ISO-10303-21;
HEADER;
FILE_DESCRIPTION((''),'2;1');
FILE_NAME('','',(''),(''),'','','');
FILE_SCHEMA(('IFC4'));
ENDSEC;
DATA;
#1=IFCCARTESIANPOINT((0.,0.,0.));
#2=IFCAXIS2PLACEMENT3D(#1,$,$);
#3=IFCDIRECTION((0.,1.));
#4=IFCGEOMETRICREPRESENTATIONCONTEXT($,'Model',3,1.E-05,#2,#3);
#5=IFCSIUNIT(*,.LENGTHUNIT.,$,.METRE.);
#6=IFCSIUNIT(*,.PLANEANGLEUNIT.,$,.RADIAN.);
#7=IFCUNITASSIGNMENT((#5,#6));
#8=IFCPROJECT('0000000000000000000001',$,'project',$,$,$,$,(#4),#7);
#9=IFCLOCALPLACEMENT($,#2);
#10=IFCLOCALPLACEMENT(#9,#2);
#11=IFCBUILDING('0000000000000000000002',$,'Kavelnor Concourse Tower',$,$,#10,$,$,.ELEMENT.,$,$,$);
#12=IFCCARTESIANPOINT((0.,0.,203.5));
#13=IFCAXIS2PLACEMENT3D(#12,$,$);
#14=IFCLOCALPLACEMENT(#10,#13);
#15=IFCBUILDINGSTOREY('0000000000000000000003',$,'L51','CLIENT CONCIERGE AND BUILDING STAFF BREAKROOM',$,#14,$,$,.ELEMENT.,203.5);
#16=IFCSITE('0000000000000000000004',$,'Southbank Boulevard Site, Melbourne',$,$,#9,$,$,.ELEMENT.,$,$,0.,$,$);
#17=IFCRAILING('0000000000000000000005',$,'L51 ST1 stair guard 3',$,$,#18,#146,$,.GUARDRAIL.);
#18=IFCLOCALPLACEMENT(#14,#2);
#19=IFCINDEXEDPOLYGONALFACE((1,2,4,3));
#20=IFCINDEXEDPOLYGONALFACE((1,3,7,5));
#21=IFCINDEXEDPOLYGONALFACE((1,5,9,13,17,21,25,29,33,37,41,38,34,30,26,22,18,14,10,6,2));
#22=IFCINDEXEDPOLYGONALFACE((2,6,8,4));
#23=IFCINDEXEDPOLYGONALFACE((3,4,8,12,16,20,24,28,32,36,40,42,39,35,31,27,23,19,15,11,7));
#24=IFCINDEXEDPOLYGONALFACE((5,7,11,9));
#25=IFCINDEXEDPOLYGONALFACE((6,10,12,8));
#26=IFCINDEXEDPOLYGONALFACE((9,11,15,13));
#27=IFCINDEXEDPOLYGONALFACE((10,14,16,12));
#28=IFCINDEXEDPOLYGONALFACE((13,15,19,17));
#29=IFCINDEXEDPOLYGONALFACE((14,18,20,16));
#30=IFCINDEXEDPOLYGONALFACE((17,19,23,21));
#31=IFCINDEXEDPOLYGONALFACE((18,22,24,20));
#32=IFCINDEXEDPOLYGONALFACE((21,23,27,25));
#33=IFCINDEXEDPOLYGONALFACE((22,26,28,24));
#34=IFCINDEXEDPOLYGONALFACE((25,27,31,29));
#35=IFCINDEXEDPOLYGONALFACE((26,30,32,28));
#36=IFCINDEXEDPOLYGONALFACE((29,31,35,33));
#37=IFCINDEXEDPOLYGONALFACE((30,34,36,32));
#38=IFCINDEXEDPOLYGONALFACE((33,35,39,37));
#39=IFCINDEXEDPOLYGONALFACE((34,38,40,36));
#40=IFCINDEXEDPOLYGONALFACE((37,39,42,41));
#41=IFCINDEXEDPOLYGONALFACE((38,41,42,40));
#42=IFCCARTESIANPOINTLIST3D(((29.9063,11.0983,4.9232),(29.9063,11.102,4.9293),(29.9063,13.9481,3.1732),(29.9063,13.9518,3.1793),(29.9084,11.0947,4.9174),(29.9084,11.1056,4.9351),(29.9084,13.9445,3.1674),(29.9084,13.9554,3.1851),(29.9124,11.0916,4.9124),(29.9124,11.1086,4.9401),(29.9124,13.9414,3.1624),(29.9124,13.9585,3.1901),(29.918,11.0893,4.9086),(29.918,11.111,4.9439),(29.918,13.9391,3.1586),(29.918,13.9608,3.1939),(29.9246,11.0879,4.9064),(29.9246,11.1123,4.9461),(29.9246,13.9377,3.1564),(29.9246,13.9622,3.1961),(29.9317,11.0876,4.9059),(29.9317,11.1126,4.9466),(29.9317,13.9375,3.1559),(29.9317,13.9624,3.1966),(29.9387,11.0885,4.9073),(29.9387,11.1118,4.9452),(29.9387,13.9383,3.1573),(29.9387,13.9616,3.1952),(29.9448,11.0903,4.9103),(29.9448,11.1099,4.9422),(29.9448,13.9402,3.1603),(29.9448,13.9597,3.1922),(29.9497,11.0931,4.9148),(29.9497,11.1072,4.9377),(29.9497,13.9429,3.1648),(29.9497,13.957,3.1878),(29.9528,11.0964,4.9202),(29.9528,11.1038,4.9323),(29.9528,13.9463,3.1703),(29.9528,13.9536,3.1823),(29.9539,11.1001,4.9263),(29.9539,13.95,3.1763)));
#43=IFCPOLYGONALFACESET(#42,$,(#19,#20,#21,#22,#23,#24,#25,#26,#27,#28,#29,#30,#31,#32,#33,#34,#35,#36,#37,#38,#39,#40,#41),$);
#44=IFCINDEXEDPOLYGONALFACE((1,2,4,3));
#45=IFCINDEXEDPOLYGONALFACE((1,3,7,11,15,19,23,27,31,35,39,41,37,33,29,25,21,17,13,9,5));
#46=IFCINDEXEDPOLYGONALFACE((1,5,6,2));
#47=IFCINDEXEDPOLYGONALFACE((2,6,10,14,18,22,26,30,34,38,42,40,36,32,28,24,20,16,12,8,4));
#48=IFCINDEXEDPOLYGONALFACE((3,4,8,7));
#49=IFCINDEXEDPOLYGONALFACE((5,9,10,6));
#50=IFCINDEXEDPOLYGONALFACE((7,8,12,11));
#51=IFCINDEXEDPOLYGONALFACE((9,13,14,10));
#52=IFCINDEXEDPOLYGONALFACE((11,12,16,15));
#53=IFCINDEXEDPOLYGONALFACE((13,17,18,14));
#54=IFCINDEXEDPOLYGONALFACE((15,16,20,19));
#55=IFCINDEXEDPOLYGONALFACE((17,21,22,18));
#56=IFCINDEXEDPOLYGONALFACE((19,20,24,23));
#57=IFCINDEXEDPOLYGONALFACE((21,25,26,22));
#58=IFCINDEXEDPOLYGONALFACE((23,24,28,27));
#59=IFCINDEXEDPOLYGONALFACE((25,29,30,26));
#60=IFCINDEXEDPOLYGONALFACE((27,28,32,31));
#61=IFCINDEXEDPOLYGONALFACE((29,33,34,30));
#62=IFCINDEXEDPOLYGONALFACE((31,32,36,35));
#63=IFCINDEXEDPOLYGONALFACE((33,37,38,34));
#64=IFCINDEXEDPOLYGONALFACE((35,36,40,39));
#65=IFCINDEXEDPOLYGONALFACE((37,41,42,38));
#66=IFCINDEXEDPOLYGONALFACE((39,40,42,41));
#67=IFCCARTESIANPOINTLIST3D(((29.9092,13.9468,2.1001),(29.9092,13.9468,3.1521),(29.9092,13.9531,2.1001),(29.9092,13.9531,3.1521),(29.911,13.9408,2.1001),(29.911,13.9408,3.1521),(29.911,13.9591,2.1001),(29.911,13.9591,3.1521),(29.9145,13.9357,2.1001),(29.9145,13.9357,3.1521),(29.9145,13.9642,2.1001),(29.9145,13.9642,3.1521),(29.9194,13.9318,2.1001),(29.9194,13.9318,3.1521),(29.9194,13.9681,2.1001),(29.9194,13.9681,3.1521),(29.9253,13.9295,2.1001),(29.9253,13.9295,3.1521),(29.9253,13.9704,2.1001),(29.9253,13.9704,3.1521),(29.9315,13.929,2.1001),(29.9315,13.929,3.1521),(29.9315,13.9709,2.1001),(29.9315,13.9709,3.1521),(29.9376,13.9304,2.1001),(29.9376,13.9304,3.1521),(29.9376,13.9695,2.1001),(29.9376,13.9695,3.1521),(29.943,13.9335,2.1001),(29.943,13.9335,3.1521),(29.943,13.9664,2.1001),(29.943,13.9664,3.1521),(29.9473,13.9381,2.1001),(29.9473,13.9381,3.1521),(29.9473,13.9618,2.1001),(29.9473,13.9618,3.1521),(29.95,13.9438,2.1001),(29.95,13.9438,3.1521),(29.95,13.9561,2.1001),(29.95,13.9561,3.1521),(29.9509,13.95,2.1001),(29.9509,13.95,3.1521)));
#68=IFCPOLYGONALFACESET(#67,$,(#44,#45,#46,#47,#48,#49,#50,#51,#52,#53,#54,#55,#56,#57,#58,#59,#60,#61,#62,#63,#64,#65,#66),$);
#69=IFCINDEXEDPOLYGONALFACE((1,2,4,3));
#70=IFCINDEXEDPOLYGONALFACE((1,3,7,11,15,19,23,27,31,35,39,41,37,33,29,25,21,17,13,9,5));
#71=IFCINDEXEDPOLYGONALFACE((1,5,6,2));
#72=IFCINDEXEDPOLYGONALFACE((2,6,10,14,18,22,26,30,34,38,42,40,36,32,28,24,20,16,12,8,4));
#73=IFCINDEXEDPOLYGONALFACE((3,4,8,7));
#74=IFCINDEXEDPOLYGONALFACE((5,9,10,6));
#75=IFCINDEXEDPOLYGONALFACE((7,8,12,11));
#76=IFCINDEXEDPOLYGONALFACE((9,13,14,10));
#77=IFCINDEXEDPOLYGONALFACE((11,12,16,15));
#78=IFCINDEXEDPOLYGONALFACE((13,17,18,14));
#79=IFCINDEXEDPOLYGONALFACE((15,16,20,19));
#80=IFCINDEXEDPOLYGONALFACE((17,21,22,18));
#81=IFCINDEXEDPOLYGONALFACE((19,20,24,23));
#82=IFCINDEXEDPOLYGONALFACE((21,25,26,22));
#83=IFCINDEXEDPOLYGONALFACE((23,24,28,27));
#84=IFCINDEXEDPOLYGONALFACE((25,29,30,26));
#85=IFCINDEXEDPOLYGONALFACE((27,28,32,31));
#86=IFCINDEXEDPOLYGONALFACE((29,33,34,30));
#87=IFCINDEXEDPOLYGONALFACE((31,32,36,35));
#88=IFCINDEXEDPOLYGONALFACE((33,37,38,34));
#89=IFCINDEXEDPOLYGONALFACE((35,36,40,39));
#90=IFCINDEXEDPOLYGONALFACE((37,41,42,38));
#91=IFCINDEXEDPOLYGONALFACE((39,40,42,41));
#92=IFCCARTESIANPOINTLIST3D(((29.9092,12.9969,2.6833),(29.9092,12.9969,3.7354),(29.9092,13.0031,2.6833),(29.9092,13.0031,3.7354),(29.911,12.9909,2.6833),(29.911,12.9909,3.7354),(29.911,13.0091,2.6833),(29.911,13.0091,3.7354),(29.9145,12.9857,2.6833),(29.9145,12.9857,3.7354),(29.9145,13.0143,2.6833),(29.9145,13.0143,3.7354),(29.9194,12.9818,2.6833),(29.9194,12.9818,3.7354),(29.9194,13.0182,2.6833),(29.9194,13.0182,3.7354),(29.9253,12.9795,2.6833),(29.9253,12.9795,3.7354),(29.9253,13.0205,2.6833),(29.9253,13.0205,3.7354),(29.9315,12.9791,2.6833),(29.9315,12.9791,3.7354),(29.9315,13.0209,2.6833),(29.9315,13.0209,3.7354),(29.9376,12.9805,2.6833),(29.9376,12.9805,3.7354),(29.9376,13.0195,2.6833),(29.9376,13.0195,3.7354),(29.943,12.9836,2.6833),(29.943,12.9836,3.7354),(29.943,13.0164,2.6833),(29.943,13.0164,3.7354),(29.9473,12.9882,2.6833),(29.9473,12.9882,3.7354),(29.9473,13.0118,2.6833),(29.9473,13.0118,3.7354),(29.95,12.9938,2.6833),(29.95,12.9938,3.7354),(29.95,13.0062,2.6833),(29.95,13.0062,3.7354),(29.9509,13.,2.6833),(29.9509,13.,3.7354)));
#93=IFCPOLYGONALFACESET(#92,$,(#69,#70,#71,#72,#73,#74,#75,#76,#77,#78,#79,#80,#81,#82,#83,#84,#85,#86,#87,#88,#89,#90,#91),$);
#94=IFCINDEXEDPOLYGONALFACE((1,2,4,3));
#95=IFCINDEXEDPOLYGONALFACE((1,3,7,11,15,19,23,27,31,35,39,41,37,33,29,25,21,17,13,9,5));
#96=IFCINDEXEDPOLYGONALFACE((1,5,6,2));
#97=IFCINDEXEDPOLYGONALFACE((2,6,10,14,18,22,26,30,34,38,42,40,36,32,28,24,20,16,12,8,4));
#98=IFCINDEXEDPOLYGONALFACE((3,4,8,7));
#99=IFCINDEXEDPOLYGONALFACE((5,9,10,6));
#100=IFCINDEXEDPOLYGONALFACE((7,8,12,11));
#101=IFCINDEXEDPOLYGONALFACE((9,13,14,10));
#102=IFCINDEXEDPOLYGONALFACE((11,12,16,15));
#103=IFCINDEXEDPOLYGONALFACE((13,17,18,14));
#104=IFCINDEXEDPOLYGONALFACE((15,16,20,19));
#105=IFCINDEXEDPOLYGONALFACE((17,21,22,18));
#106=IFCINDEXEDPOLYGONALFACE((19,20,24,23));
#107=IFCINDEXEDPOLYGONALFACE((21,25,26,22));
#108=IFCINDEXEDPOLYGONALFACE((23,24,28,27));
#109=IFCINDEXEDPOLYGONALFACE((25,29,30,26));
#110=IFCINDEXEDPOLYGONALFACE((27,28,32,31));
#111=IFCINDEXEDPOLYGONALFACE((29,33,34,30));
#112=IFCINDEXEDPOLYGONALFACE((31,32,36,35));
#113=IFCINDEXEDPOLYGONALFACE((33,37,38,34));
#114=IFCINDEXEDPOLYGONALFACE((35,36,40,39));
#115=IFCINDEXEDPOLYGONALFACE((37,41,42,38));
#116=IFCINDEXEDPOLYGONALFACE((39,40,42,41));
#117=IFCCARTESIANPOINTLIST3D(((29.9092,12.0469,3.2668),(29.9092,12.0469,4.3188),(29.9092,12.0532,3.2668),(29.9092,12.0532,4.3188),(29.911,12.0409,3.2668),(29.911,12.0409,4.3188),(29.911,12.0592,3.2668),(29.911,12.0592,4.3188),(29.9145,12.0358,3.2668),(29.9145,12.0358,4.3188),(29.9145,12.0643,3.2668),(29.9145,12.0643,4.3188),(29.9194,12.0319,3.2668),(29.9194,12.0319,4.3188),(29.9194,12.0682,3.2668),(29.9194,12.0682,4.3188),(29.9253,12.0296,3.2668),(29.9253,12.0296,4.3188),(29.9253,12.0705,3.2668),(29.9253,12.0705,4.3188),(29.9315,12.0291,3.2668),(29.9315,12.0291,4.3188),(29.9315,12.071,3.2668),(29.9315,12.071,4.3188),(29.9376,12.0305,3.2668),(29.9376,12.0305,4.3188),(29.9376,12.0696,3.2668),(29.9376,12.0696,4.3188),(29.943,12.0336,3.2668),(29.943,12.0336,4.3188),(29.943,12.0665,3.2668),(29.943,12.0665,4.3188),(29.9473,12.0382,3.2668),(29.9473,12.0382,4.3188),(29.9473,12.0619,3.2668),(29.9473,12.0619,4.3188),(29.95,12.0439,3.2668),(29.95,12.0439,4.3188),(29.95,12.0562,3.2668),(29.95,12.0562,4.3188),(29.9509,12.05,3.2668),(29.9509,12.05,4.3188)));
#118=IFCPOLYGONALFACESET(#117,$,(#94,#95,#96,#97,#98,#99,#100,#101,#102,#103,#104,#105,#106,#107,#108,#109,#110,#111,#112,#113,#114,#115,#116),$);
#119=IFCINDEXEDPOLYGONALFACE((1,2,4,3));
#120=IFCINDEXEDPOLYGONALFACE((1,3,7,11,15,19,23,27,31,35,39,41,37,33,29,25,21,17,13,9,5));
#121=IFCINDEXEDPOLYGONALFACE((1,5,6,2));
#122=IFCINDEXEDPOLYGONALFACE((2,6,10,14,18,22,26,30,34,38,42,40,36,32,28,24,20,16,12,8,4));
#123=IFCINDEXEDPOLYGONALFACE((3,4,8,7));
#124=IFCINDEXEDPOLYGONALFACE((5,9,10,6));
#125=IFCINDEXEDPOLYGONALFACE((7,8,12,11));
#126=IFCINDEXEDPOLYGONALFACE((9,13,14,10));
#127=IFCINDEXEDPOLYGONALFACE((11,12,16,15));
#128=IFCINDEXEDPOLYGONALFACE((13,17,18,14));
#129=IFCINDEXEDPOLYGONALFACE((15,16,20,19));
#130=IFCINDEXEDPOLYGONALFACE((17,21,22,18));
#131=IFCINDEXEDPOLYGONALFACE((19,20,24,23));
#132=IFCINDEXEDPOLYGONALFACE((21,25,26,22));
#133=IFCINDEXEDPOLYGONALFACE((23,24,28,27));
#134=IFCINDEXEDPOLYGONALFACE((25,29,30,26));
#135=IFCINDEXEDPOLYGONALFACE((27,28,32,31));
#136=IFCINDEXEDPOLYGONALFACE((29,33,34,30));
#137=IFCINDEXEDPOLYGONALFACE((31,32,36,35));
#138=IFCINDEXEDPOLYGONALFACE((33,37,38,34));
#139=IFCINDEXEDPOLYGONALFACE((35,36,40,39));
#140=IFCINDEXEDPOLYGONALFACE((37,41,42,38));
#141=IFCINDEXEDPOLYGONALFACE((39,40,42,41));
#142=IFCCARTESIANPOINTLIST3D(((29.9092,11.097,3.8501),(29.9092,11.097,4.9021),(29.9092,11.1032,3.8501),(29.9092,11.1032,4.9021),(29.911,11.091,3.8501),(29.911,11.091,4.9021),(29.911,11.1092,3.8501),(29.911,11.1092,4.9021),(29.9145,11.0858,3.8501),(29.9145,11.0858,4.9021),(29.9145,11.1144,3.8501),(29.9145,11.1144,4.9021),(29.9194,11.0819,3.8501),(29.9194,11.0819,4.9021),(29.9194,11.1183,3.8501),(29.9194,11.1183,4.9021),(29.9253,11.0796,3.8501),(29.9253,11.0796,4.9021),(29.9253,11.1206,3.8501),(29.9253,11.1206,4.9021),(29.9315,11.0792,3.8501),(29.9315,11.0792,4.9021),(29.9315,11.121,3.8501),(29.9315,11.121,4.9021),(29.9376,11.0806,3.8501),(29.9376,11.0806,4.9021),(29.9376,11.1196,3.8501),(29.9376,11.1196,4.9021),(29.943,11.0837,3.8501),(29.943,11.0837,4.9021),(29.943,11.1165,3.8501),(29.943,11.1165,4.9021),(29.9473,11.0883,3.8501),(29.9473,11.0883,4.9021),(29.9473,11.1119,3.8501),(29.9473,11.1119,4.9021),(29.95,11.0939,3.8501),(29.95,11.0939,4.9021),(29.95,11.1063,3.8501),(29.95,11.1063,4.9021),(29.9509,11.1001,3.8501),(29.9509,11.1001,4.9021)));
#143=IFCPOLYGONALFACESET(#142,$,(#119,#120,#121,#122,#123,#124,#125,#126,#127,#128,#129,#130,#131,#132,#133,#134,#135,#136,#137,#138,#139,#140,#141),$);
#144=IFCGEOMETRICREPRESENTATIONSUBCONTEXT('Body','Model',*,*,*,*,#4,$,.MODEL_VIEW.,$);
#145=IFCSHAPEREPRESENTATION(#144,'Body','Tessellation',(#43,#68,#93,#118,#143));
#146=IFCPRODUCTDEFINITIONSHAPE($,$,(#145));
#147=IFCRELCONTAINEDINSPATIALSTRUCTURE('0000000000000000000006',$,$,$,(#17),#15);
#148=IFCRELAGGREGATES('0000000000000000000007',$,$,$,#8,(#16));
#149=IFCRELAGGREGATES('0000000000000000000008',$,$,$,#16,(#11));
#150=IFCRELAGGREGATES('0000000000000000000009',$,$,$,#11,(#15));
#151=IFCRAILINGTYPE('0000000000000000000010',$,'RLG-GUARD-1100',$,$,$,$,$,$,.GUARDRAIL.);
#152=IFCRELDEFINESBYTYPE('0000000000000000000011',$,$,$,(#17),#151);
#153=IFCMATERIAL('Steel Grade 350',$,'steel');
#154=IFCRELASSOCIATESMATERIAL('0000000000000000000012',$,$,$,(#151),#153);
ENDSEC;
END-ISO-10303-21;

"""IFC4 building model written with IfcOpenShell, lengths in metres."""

from ifc_helpers import new_model, si_unit, direction, frame, origin, origin_2d, place, context, subcontext, project, spatial, circle, extrude, material, type_object, element, save


model = new_model("IFC4")

# Units and contexts
model_context = context("Model", 3, precision=1e-05, world=origin(), true_north=direction((0.0, 1.0)))
body_context = subcontext(model_context, "Body", "Model", "MODEL_VIEW")
ifc_project = project(units=[si_unit("LENGTHUNIT", "METRE"), si_unit("PLANEANGLEUNIT", "RADIAN")], contexts=[model_context])

# Site, building, storey
site_placement = place(None, origin())
site = spatial("IfcSite", under=ifc_project, at=site_placement, Name="Southbank Boulevard Site, Melbourne", CompositionType="ELEMENT", RefElevation=0.0)
building_placement = place(site_placement, origin())
building = spatial("IfcBuilding", under=site, at=building_placement, Name="Kavelnor Concourse Tower", CompositionType="ELEMENT")
storey_placement = place(building_placement, frame((0.0, 0.0, 203.5)))
storey = spatial("IfcBuildingStorey", under=building, at=storey_placement, Name="L51", Description="CLIENT CONCIERGE AND BUILDING STAFF BREAKROOM", CompositionType="ELEMENT", Elevation=203.5)

# Shared definitions
ifc_material_1 = material(Name="Steel Grade 350", Category="steel")

# Railing
railing_type_1 = type_object("IfcRailingType", Name="RLG-GUARD-1100", PredefinedType="GUARDRAIL", material=ifc_material_1)
railing_1_placement = place(storey_placement, frame((29.9299, 13.95, 2.1001)))
element("IfcRailing", 1, at=railing_1_placement, inside=storey, type_object=railing_type_1, Name="L51 ST1 stair guard 3", PredefinedType="GUARDRAIL", context=body_context, shape_type="SweptSolid", body=[
    extrude(circle(Radius=0.0239, at=origin_2d()), frame((0.0, 0.0, 1.0762), z_axis=(0.0, -0.852159, 0.523283), x_axis=(1.0, 0.0, 0.0)), (0.0, 0.0, 1.0), 3.3442),
    extrude(circle(Radius=0.021, at=origin_2d()), origin(), (0.0, 0.0, 1.0), 1.052),
    extrude(circle(Radius=0.021, at=origin_2d()), frame((0.0, -0.95, 0.5833)), (0.0, 0.0, 1.0), 1.052),
    extrude(circle(Radius=0.021, at=origin_2d()), frame((0.0, -1.8999, 1.1667)), (0.0, 0.0, 1.0), 1.052),
    extrude(circle(Radius=0.021, at=origin_2d()), frame((0.0, -2.8499, 1.75)), (0.0, 0.0, 1.0), 1.052),
])

save(model, "model.ifc")
